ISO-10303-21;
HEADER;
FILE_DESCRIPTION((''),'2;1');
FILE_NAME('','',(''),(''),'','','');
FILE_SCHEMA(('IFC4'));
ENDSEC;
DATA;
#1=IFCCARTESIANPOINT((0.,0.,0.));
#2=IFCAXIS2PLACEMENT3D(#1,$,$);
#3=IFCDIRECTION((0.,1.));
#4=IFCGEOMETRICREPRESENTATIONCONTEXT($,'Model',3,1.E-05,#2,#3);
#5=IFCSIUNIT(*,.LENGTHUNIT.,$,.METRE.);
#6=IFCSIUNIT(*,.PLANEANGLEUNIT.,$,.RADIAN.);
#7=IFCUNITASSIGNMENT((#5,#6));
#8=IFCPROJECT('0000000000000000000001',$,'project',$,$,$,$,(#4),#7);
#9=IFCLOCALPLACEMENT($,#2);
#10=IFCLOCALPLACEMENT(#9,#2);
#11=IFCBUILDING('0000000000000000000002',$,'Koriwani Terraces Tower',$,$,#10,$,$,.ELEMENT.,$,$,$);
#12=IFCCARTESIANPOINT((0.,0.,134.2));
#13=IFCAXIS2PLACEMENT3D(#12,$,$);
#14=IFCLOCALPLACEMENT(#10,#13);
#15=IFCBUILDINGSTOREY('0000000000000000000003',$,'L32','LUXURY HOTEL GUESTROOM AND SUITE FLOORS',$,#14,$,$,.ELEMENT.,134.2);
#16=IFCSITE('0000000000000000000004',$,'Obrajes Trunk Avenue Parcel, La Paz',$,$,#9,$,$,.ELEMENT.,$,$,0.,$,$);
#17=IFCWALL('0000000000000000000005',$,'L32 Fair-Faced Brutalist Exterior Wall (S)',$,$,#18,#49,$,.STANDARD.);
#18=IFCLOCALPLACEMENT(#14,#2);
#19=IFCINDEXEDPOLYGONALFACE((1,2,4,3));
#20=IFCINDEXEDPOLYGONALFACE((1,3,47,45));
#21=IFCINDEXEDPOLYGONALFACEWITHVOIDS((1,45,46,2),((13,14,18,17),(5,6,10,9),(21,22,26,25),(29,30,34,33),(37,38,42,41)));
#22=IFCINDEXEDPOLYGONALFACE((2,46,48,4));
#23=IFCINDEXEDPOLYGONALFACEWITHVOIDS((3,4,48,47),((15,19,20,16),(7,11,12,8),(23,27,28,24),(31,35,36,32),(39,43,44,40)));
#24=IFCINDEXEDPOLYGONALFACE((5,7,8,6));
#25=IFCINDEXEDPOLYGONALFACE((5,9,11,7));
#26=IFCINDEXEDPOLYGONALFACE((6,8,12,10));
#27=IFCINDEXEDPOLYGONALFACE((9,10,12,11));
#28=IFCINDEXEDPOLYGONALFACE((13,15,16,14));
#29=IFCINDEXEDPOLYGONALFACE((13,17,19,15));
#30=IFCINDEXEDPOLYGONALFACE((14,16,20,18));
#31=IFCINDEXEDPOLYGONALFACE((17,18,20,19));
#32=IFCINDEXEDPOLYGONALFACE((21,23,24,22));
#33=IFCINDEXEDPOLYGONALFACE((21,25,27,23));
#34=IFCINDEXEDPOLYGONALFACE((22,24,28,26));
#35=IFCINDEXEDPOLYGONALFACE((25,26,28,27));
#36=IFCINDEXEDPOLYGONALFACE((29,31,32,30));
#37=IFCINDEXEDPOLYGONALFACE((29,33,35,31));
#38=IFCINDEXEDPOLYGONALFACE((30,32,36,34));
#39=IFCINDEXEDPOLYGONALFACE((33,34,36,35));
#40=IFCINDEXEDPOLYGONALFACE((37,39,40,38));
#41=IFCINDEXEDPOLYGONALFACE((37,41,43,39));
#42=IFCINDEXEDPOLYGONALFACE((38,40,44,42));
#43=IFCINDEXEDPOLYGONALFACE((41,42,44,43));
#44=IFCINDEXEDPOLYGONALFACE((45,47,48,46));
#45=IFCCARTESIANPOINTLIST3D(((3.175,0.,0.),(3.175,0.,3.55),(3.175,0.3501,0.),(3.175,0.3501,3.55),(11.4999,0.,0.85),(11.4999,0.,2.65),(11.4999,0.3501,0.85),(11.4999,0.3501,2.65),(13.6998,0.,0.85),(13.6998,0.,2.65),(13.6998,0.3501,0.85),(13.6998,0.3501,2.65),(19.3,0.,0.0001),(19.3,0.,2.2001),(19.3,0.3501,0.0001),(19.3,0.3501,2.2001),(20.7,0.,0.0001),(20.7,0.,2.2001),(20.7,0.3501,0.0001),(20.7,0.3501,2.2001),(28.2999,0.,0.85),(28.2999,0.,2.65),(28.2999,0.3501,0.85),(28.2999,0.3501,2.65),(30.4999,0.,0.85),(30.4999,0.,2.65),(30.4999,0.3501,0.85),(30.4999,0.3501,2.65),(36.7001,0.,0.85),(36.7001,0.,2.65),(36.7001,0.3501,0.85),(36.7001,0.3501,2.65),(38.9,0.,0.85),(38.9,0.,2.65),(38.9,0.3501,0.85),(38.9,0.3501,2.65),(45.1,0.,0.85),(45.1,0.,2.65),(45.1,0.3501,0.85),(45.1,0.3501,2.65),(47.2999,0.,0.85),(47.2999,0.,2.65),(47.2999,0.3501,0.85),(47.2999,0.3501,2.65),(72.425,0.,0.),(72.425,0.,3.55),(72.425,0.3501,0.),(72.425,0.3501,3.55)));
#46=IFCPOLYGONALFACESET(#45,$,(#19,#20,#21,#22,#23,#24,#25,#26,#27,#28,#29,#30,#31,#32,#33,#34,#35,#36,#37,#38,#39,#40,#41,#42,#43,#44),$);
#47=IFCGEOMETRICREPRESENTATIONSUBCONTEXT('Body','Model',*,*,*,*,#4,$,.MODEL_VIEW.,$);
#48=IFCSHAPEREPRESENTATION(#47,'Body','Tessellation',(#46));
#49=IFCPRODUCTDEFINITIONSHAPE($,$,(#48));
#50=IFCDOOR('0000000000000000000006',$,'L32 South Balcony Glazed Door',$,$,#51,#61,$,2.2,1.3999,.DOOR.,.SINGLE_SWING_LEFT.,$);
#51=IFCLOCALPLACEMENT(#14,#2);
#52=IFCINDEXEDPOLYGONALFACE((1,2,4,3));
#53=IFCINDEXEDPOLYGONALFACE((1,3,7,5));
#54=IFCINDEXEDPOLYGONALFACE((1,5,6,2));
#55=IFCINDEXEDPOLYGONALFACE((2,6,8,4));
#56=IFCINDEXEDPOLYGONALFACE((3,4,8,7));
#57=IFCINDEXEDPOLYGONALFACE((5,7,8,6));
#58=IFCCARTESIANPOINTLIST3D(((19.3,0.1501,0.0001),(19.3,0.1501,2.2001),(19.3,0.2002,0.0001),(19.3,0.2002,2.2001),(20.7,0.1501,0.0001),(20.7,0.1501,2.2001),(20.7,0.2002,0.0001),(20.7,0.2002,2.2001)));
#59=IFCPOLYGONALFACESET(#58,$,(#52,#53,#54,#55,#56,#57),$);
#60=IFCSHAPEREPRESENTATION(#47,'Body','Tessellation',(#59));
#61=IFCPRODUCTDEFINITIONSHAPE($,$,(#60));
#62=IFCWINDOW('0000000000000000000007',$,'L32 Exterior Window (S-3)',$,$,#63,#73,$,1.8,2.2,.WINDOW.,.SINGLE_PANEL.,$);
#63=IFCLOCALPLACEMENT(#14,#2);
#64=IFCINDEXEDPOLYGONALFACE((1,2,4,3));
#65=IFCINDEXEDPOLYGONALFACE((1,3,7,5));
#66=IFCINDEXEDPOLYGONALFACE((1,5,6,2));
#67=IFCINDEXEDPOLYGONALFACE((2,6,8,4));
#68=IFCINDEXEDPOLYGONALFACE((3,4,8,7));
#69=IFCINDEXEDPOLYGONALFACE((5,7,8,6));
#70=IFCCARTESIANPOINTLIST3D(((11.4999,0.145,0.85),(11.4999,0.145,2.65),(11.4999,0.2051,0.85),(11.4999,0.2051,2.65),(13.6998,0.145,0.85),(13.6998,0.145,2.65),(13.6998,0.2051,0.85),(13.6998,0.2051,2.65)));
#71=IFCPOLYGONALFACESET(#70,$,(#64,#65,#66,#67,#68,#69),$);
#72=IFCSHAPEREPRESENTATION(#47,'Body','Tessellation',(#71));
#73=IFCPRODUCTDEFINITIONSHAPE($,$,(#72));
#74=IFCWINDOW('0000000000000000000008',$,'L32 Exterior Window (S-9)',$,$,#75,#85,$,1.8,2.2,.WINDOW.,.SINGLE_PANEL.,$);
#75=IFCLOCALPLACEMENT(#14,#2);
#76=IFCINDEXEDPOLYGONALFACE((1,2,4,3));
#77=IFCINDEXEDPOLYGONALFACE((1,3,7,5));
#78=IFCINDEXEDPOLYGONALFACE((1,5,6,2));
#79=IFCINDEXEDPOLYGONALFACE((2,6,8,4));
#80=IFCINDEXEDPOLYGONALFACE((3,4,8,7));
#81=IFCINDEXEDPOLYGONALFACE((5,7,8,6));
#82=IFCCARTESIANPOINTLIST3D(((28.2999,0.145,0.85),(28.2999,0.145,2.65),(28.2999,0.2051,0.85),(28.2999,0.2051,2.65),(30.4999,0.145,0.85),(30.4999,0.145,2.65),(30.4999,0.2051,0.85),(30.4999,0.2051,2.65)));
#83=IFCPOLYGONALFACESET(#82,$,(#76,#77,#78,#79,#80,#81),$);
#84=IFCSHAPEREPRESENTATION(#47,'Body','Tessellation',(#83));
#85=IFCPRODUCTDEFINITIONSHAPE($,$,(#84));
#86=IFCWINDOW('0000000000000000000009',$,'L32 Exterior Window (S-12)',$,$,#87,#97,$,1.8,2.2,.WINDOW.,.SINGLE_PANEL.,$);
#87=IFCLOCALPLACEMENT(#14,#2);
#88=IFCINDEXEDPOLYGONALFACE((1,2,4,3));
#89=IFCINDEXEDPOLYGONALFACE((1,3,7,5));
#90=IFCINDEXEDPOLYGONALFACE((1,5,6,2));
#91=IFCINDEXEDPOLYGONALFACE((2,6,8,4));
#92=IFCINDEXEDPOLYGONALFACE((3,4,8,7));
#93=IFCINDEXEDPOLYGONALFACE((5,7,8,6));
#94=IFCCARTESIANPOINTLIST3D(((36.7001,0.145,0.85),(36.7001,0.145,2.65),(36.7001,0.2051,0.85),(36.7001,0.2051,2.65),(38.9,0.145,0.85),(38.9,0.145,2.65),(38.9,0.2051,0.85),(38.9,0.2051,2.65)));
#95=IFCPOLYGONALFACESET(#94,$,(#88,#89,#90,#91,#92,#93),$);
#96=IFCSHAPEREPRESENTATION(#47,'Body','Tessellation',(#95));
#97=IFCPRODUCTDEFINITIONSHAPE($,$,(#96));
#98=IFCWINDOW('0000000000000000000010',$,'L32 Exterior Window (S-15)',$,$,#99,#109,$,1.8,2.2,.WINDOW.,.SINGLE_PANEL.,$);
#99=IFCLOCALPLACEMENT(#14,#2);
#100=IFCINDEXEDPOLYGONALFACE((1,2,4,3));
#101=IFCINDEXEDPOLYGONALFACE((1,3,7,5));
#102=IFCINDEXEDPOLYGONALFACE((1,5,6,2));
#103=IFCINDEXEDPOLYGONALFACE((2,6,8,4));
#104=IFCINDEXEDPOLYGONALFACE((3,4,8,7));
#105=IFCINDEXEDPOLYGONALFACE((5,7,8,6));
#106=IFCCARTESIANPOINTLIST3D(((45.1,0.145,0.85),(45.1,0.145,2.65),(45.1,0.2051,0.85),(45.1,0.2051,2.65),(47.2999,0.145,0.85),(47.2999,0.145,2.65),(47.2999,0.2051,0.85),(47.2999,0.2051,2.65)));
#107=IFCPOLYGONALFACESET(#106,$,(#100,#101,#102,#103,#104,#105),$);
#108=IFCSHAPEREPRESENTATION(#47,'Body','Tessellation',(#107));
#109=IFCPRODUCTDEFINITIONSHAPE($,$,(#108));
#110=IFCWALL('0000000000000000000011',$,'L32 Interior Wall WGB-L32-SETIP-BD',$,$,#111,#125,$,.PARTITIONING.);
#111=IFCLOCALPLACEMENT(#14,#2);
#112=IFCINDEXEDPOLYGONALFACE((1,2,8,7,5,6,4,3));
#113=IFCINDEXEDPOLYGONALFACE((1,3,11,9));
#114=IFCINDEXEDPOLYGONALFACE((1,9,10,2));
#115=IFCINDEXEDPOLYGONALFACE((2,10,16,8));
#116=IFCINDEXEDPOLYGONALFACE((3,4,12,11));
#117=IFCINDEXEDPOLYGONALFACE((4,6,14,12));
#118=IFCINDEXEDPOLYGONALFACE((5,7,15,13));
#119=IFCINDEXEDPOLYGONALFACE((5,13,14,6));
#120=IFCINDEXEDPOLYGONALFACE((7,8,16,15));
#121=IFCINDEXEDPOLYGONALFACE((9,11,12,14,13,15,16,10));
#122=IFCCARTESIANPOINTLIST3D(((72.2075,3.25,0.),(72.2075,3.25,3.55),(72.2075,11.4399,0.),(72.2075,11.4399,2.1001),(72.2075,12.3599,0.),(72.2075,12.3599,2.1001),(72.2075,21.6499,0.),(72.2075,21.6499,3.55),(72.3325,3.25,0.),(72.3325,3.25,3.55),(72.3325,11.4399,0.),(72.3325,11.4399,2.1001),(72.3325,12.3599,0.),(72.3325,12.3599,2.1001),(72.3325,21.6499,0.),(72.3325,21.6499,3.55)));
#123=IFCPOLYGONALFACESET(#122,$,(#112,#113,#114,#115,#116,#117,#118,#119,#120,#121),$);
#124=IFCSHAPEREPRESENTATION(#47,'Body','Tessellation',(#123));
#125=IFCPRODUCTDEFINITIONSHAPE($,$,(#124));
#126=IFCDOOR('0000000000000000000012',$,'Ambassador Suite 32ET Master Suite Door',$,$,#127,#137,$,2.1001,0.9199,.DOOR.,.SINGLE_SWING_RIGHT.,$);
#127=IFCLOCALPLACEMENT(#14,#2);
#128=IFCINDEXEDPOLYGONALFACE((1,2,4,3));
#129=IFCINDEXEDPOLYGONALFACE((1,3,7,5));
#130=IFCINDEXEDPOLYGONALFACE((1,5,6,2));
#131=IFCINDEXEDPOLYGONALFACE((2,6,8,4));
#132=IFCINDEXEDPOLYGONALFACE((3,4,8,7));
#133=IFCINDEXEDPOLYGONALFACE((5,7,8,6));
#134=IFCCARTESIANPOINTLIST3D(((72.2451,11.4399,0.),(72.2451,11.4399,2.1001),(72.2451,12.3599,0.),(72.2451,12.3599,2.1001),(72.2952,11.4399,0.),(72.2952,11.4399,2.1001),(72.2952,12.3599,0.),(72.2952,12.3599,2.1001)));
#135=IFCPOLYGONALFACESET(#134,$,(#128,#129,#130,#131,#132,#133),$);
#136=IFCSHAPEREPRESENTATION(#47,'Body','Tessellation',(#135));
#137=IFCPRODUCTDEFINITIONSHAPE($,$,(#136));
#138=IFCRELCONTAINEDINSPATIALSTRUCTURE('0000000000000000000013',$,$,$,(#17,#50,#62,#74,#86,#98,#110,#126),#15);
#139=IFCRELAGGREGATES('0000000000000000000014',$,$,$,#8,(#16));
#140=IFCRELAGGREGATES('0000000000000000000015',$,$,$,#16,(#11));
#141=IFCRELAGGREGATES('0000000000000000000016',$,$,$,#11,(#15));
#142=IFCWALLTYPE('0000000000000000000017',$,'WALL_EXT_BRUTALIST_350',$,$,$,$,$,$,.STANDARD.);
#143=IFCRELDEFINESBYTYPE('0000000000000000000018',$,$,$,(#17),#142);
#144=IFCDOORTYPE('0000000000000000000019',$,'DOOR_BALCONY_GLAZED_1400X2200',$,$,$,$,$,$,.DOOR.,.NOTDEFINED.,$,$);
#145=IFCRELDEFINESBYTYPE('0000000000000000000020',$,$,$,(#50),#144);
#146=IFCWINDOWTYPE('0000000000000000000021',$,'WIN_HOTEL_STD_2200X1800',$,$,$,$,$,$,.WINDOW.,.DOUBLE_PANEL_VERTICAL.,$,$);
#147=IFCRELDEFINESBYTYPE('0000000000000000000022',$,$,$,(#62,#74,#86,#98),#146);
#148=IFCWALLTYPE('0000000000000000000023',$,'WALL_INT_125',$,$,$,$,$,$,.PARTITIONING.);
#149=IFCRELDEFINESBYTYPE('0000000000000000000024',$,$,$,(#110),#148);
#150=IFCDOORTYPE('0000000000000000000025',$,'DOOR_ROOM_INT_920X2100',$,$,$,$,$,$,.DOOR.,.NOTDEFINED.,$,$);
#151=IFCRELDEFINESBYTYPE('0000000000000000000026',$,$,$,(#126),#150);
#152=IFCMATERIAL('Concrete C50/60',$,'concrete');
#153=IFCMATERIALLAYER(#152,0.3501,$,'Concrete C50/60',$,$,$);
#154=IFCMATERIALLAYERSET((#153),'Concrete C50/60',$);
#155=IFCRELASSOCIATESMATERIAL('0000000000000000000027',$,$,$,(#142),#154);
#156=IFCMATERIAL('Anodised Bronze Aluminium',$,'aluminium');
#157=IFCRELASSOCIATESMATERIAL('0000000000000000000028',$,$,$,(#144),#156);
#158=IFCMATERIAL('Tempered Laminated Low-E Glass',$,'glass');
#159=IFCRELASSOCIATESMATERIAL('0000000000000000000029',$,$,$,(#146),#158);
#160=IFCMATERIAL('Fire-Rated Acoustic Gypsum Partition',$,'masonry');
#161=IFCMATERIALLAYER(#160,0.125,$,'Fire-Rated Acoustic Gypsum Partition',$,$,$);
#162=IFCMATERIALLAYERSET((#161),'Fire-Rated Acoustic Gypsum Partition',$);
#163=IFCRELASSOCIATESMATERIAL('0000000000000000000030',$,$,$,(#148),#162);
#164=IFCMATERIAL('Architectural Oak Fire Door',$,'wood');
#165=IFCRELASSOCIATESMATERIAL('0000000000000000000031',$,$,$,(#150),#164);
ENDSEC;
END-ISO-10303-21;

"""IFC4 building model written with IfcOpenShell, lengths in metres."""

from ifc_helpers import new_model, si_unit, direction, frame, frame_2d, origin, place, context, subcontext, project, spatial, rectangle, extrude, material, layer, layer_set, type_object, element, fill, save


model = new_model("IFC4")

# Units and contexts
model_context = context("Model", 3, precision=1e-05, world=origin(), true_north=direction((0.0, 1.0)))
body_context = subcontext(model_context, "Body", "Model", "MODEL_VIEW")
ifc_project = project(units=[si_unit("LENGTHUNIT", "METRE"), si_unit("PLANEANGLEUNIT", "RADIAN")], contexts=[model_context])

# Site, building, storey
site_placement = place(None, origin())
site = spatial("IfcSite", under=ifc_project, at=site_placement, Name="Obrajes Trunk Avenue Parcel, La Paz", CompositionType="ELEMENT", RefElevation=0.0)
building_placement = place(site_placement, origin())
building = spatial("IfcBuilding", under=site, at=building_placement, Name="Koriwani Terraces Tower", CompositionType="ELEMENT")
storey_placement = place(building_placement, frame((0.0, 0.0, 134.2)))
storey = spatial("IfcBuildingStorey", under=building, at=storey_placement, Name="L32", Description="LUXURY HOTEL GUESTROOM AND SUITE FLOORS", CompositionType="ELEMENT", Elevation=134.2)

# Shared definitions
ifc_material_1 = material(Name="Concrete C50/60", Category="concrete")

# Shared definitions
ifc_material_2 = material(Name="Architectural Oak Fire Door", Category="wood")

# Wall, openings, door, windows
ifc_layer_1 = layer(ifc_material_1, 0.3501, Name="Concrete C50/60")
ifc_layer_set_1 = layer_set([ifc_layer_1], Name="Concrete C50/60")
wall_type_1 = type_object("IfcWallType", Name="WALL_EXT_BRUTALIST_350", PredefinedType="STANDARD", material=ifc_layer_set_1)
wall_1_placement = place(storey_placement, frame((72.425, 0.175, 0.0), z_axis=(0.0, 0.0, 1.0), x_axis=(-1.0, 0.0, 0.0)))
wall_1 = element("IfcWall", 1, at=wall_1_placement, inside=storey, type_object=wall_type_1, Name="L32 Fair-Faced Brutalist Exterior Wall (S)", PredefinedType="STANDARD", context=body_context, shape_type="SweptSolid", body=[
    extrude(rectangle(XDim=69.25, YDim=0.3501, at=frame_2d((34.625, 0.0))), origin(), (0.0, 0.0, 1.0), 3.55),
])
opening_1_placement = place(wall_1_placement, frame((51.7251, 0.0, 0.0)))
opening_1 = element("IfcOpeningElement", 2, at=opening_1_placement, cuts=wall_1, PredefinedType="OPENING", context=body_context, shape_type="SweptSolid", body=[
    extrude(rectangle(XDim=1.3999, YDim=2.2, at=frame_2d((0.7, 1.1001))), frame((0.0, 0.1851, 0.0), z_axis=(0.0, -1.0, 0.0), x_axis=(1.0, 0.0, 0.0)), (0.0, 0.0, 1.0), 0.3701),
])
opening_2_placement = place(wall_1_placement, frame((58.7251, 0.0, 0.8501)))
opening_2 = element("IfcOpeningElement", 3, at=opening_2_placement, cuts=wall_1, PredefinedType="OPENING", context=body_context, shape_type="SweptSolid", body=[
    extrude(rectangle(XDim=2.2, YDim=1.8, at=frame_2d((1.1001, 0.8999))), frame((0.0, 0.1851, 0.0), z_axis=(0.0, -1.0, 0.0), x_axis=(1.0, 0.0, 0.0)), (0.0, 0.0, 1.0), 0.3701),
])
opening_3_placement = place(wall_1_placement, frame((41.925, 0.0, 0.8501)))
opening_3 = element("IfcOpeningElement", 4, at=opening_3_placement, cuts=wall_1, PredefinedType="OPENING", context=body_context, shape_type="SweptSolid", body=[
    extrude(rectangle(XDim=2.2, YDim=1.8, at=frame_2d((1.1001, 0.8999))), frame((0.0, 0.1851, 0.0), z_axis=(0.0, -1.0, 0.0), x_axis=(1.0, 0.0, 0.0)), (0.0, 0.0, 1.0), 0.3701),
])
opening_4_placement = place(wall_1_placement, frame((33.5249, 0.0, 0.8501)))
opening_4 = element("IfcOpeningElement", 5, at=opening_4_placement, cuts=wall_1, PredefinedType="OPENING", context=body_context, shape_type="SweptSolid", body=[
    extrude(rectangle(XDim=2.2, YDim=1.8, at=frame_2d((1.1001, 0.8999))), frame((0.0, 0.1851, 0.0), z_axis=(0.0, -1.0, 0.0), x_axis=(1.0, 0.0, 0.0)), (0.0, 0.0, 1.0), 0.3701),
])
opening_5_placement = place(wall_1_placement, frame((25.125, 0.0, 0.8501)))
opening_5 = element("IfcOpeningElement", 6, at=opening_5_placement, cuts=wall_1, PredefinedType="OPENING", context=body_context, shape_type="SweptSolid", body=[
    extrude(rectangle(XDim=2.2, YDim=1.8, at=frame_2d((1.1001, 0.8999))), frame((0.0, 0.1851, 0.0), z_axis=(0.0, -1.0, 0.0), x_axis=(1.0, 0.0, 0.0)), (0.0, 0.0, 1.0), 0.3701),
])
ifc_material_3 = material(Name="Anodised Bronze Aluminium", Category="aluminium")
door_type_1 = type_object("IfcDoorType", Name="DOOR_BALCONY_GLAZED_1400X2200", OperationType="NOTDEFINED", PredefinedType="DOOR", material=ifc_material_3)
door_1_placement = place(opening_1_placement, origin())
door_1 = element("IfcDoor", 7, at=door_1_placement, inside=storey, type_object=door_type_1, Name="L32 South Balcony Glazed Door", OperationType="SINGLE_SWING_LEFT", OverallHeight=2.2, OverallWidth=1.3999, PredefinedType="DOOR", context=body_context, shape_type="SweptSolid", body=[
    extrude(rectangle(XDim=1.3999, YDim=2.2, at=frame_2d((0.7, 1.1001))), frame((0.0, 0.0249, 0.0), z_axis=(0.0, -1.0, 0.0), x_axis=(1.0, 0.0, 0.0)), (0.0, 0.0, 1.0), 0.05),
])
fill(opening_1, door_1)
ifc_material_4 = material(Name="Tempered Laminated Low-E Glass", Category="glass")
window_type = type_object("IfcWindowType", Name="WIN_HOTEL_STD_2200X1800", PartitioningType="DOUBLE_PANEL_VERTICAL", PredefinedType="WINDOW", material=ifc_material_4)
window_1_placement = place(opening_2_placement, origin())
window_1 = element("IfcWindow", 8, at=window_1_placement, inside=storey, type_object=window_type, Name="L32 Exterior Window (S-3)", OverallHeight=1.8, OverallWidth=2.2, PartitioningType="SINGLE_PANEL", PredefinedType="WINDOW", context=body_context, shape_type="SweptSolid", body=[
    extrude(rectangle(XDim=2.2, YDim=1.8, at=frame_2d((1.1001, 0.8999))), frame((0.0, 0.03, 0.0), z_axis=(0.0, -1.0, 0.0), x_axis=(1.0, 0.0, 0.0)), (0.0, 0.0, 1.0), 0.0601),
])
fill(opening_2, window_1)
window_2_placement = place(opening_3_placement, origin())
window_2 = element("IfcWindow", 9, at=window_2_placement, inside=storey, type_object=window_type, Name="L32 Exterior Window (S-9)", OverallHeight=1.8, OverallWidth=2.2, PartitioningType="SINGLE_PANEL", PredefinedType="WINDOW", context=body_context, shape_type="SweptSolid", body=[
    extrude(rectangle(XDim=2.2, YDim=1.8, at=frame_2d((1.1001, 0.8999))), frame((0.0, 0.03, 0.0), z_axis=(0.0, -1.0, 0.0), x_axis=(1.0, 0.0, 0.0)), (0.0, 0.0, 1.0), 0.0601),
])
fill(opening_3, window_2)
window_3_placement = place(opening_4_placement, origin())
window_3 = element("IfcWindow", 10, at=window_3_placement, inside=storey, type_object=window_type, Name="L32 Exterior Window (S-12)", OverallHeight=1.8, OverallWidth=2.2, PartitioningType="SINGLE_PANEL", PredefinedType="WINDOW", context=body_context, shape_type="SweptSolid", body=[
    extrude(rectangle(XDim=2.2, YDim=1.8, at=frame_2d((1.1001, 0.8999))), frame((0.0, 0.03, 0.0), z_axis=(0.0, -1.0, 0.0), x_axis=(1.0, 0.0, 0.0)), (0.0, 0.0, 1.0), 0.0601),
])
fill(opening_4, window_3)
window_4_placement = place(opening_5_placement, origin())
window_4 = element("IfcWindow", 11, at=window_4_placement, inside=storey, type_object=window_type, Name="L32 Exterior Window (S-15)", OverallHeight=1.8, OverallWidth=2.2, PartitioningType="SINGLE_PANEL", PredefinedType="WINDOW", context=body_context, shape_type="SweptSolid", body=[
    extrude(rectangle(XDim=2.2, YDim=1.8, at=frame_2d((1.1001, 0.8999))), frame((0.0, 0.03, 0.0), z_axis=(0.0, -1.0, 0.0), x_axis=(1.0, 0.0, 0.0)), (0.0, 0.0, 1.0), 0.0601),
])
fill(opening_5, window_4)

# Wall, opening, door
ifc_material_5 = material(Name="Fire-Rated Acoustic Gypsum Partition", Category="masonry")
ifc_layer_2 = layer(ifc_material_5, 0.125, Name="Fire-Rated Acoustic Gypsum Partition")
ifc_layer_set_2 = layer_set([ifc_layer_2], Name="Fire-Rated Acoustic Gypsum Partition")
wall_type_2 = type_object("IfcWallType", Name="WALL_INT_125", PredefinedType="PARTITIONING", material=ifc_layer_set_2)
wall_2_placement = place(storey_placement, frame((72.27, 3.25, 0.0), z_axis=(0.0, 0.0, 1.0), x_axis=(0.0, 1.0, 0.0)))
wall_2 = element("IfcWall", 12, at=wall_2_placement, inside=storey, type_object=wall_type_2, Name="L32 Interior Wall WGB-L32-SETIP-BD", PredefinedType="PARTITIONING", context=body_context, shape_type="SweptSolid", body=[
    extrude(rectangle(XDim=18.3999, YDim=0.125, at=frame_2d((9.2, 0.0))), origin(), (0.0, 0.0, 1.0), 3.55),
])
opening_6_placement = place(wall_2_placement, frame((8.1899, 0.0, 0.0)))
opening_6 = element("IfcOpeningElement", 13, at=opening_6_placement, cuts=wall_2, PredefinedType="OPENING", context=body_context, shape_type="SweptSolid", body=[
    extrude(rectangle(XDim=0.9199, YDim=2.1001, at=frame_2d((0.46, 1.05))), frame((0.0, 0.0725, 0.0), z_axis=(0.0, -1.0, 0.0), x_axis=(1.0, 0.0, 0.0)), (0.0, 0.0, 1.0), 0.145),
])
door_type_2 = type_object("IfcDoorType", Name="DOOR_ROOM_INT_920X2100", OperationType="NOTDEFINED", PredefinedType="DOOR", material=ifc_material_2)
door_2_placement = place(opening_6_placement, origin())
door_2 = element("IfcDoor", 14, at=door_2_placement, inside=storey, type_object=door_type_2, Name="Ambassador Suite 32ET Master Suite Door", OperationType="SINGLE_SWING_RIGHT", OverallHeight=2.1001, OverallWidth=0.9199, PredefinedType="DOOR", context=body_context, shape_type="SweptSolid", body=[
    extrude(rectangle(XDim=0.9199, YDim=2.1001, at=frame_2d((0.46, 1.05))), frame((0.0, 0.0249, 0.0), z_axis=(0.0, -1.0, 0.0), x_axis=(1.0, 0.0, 0.0)), (0.0, 0.0, 1.0), 0.05),
])
fill(opening_6, door_2)

save(model, "model.ifc")
